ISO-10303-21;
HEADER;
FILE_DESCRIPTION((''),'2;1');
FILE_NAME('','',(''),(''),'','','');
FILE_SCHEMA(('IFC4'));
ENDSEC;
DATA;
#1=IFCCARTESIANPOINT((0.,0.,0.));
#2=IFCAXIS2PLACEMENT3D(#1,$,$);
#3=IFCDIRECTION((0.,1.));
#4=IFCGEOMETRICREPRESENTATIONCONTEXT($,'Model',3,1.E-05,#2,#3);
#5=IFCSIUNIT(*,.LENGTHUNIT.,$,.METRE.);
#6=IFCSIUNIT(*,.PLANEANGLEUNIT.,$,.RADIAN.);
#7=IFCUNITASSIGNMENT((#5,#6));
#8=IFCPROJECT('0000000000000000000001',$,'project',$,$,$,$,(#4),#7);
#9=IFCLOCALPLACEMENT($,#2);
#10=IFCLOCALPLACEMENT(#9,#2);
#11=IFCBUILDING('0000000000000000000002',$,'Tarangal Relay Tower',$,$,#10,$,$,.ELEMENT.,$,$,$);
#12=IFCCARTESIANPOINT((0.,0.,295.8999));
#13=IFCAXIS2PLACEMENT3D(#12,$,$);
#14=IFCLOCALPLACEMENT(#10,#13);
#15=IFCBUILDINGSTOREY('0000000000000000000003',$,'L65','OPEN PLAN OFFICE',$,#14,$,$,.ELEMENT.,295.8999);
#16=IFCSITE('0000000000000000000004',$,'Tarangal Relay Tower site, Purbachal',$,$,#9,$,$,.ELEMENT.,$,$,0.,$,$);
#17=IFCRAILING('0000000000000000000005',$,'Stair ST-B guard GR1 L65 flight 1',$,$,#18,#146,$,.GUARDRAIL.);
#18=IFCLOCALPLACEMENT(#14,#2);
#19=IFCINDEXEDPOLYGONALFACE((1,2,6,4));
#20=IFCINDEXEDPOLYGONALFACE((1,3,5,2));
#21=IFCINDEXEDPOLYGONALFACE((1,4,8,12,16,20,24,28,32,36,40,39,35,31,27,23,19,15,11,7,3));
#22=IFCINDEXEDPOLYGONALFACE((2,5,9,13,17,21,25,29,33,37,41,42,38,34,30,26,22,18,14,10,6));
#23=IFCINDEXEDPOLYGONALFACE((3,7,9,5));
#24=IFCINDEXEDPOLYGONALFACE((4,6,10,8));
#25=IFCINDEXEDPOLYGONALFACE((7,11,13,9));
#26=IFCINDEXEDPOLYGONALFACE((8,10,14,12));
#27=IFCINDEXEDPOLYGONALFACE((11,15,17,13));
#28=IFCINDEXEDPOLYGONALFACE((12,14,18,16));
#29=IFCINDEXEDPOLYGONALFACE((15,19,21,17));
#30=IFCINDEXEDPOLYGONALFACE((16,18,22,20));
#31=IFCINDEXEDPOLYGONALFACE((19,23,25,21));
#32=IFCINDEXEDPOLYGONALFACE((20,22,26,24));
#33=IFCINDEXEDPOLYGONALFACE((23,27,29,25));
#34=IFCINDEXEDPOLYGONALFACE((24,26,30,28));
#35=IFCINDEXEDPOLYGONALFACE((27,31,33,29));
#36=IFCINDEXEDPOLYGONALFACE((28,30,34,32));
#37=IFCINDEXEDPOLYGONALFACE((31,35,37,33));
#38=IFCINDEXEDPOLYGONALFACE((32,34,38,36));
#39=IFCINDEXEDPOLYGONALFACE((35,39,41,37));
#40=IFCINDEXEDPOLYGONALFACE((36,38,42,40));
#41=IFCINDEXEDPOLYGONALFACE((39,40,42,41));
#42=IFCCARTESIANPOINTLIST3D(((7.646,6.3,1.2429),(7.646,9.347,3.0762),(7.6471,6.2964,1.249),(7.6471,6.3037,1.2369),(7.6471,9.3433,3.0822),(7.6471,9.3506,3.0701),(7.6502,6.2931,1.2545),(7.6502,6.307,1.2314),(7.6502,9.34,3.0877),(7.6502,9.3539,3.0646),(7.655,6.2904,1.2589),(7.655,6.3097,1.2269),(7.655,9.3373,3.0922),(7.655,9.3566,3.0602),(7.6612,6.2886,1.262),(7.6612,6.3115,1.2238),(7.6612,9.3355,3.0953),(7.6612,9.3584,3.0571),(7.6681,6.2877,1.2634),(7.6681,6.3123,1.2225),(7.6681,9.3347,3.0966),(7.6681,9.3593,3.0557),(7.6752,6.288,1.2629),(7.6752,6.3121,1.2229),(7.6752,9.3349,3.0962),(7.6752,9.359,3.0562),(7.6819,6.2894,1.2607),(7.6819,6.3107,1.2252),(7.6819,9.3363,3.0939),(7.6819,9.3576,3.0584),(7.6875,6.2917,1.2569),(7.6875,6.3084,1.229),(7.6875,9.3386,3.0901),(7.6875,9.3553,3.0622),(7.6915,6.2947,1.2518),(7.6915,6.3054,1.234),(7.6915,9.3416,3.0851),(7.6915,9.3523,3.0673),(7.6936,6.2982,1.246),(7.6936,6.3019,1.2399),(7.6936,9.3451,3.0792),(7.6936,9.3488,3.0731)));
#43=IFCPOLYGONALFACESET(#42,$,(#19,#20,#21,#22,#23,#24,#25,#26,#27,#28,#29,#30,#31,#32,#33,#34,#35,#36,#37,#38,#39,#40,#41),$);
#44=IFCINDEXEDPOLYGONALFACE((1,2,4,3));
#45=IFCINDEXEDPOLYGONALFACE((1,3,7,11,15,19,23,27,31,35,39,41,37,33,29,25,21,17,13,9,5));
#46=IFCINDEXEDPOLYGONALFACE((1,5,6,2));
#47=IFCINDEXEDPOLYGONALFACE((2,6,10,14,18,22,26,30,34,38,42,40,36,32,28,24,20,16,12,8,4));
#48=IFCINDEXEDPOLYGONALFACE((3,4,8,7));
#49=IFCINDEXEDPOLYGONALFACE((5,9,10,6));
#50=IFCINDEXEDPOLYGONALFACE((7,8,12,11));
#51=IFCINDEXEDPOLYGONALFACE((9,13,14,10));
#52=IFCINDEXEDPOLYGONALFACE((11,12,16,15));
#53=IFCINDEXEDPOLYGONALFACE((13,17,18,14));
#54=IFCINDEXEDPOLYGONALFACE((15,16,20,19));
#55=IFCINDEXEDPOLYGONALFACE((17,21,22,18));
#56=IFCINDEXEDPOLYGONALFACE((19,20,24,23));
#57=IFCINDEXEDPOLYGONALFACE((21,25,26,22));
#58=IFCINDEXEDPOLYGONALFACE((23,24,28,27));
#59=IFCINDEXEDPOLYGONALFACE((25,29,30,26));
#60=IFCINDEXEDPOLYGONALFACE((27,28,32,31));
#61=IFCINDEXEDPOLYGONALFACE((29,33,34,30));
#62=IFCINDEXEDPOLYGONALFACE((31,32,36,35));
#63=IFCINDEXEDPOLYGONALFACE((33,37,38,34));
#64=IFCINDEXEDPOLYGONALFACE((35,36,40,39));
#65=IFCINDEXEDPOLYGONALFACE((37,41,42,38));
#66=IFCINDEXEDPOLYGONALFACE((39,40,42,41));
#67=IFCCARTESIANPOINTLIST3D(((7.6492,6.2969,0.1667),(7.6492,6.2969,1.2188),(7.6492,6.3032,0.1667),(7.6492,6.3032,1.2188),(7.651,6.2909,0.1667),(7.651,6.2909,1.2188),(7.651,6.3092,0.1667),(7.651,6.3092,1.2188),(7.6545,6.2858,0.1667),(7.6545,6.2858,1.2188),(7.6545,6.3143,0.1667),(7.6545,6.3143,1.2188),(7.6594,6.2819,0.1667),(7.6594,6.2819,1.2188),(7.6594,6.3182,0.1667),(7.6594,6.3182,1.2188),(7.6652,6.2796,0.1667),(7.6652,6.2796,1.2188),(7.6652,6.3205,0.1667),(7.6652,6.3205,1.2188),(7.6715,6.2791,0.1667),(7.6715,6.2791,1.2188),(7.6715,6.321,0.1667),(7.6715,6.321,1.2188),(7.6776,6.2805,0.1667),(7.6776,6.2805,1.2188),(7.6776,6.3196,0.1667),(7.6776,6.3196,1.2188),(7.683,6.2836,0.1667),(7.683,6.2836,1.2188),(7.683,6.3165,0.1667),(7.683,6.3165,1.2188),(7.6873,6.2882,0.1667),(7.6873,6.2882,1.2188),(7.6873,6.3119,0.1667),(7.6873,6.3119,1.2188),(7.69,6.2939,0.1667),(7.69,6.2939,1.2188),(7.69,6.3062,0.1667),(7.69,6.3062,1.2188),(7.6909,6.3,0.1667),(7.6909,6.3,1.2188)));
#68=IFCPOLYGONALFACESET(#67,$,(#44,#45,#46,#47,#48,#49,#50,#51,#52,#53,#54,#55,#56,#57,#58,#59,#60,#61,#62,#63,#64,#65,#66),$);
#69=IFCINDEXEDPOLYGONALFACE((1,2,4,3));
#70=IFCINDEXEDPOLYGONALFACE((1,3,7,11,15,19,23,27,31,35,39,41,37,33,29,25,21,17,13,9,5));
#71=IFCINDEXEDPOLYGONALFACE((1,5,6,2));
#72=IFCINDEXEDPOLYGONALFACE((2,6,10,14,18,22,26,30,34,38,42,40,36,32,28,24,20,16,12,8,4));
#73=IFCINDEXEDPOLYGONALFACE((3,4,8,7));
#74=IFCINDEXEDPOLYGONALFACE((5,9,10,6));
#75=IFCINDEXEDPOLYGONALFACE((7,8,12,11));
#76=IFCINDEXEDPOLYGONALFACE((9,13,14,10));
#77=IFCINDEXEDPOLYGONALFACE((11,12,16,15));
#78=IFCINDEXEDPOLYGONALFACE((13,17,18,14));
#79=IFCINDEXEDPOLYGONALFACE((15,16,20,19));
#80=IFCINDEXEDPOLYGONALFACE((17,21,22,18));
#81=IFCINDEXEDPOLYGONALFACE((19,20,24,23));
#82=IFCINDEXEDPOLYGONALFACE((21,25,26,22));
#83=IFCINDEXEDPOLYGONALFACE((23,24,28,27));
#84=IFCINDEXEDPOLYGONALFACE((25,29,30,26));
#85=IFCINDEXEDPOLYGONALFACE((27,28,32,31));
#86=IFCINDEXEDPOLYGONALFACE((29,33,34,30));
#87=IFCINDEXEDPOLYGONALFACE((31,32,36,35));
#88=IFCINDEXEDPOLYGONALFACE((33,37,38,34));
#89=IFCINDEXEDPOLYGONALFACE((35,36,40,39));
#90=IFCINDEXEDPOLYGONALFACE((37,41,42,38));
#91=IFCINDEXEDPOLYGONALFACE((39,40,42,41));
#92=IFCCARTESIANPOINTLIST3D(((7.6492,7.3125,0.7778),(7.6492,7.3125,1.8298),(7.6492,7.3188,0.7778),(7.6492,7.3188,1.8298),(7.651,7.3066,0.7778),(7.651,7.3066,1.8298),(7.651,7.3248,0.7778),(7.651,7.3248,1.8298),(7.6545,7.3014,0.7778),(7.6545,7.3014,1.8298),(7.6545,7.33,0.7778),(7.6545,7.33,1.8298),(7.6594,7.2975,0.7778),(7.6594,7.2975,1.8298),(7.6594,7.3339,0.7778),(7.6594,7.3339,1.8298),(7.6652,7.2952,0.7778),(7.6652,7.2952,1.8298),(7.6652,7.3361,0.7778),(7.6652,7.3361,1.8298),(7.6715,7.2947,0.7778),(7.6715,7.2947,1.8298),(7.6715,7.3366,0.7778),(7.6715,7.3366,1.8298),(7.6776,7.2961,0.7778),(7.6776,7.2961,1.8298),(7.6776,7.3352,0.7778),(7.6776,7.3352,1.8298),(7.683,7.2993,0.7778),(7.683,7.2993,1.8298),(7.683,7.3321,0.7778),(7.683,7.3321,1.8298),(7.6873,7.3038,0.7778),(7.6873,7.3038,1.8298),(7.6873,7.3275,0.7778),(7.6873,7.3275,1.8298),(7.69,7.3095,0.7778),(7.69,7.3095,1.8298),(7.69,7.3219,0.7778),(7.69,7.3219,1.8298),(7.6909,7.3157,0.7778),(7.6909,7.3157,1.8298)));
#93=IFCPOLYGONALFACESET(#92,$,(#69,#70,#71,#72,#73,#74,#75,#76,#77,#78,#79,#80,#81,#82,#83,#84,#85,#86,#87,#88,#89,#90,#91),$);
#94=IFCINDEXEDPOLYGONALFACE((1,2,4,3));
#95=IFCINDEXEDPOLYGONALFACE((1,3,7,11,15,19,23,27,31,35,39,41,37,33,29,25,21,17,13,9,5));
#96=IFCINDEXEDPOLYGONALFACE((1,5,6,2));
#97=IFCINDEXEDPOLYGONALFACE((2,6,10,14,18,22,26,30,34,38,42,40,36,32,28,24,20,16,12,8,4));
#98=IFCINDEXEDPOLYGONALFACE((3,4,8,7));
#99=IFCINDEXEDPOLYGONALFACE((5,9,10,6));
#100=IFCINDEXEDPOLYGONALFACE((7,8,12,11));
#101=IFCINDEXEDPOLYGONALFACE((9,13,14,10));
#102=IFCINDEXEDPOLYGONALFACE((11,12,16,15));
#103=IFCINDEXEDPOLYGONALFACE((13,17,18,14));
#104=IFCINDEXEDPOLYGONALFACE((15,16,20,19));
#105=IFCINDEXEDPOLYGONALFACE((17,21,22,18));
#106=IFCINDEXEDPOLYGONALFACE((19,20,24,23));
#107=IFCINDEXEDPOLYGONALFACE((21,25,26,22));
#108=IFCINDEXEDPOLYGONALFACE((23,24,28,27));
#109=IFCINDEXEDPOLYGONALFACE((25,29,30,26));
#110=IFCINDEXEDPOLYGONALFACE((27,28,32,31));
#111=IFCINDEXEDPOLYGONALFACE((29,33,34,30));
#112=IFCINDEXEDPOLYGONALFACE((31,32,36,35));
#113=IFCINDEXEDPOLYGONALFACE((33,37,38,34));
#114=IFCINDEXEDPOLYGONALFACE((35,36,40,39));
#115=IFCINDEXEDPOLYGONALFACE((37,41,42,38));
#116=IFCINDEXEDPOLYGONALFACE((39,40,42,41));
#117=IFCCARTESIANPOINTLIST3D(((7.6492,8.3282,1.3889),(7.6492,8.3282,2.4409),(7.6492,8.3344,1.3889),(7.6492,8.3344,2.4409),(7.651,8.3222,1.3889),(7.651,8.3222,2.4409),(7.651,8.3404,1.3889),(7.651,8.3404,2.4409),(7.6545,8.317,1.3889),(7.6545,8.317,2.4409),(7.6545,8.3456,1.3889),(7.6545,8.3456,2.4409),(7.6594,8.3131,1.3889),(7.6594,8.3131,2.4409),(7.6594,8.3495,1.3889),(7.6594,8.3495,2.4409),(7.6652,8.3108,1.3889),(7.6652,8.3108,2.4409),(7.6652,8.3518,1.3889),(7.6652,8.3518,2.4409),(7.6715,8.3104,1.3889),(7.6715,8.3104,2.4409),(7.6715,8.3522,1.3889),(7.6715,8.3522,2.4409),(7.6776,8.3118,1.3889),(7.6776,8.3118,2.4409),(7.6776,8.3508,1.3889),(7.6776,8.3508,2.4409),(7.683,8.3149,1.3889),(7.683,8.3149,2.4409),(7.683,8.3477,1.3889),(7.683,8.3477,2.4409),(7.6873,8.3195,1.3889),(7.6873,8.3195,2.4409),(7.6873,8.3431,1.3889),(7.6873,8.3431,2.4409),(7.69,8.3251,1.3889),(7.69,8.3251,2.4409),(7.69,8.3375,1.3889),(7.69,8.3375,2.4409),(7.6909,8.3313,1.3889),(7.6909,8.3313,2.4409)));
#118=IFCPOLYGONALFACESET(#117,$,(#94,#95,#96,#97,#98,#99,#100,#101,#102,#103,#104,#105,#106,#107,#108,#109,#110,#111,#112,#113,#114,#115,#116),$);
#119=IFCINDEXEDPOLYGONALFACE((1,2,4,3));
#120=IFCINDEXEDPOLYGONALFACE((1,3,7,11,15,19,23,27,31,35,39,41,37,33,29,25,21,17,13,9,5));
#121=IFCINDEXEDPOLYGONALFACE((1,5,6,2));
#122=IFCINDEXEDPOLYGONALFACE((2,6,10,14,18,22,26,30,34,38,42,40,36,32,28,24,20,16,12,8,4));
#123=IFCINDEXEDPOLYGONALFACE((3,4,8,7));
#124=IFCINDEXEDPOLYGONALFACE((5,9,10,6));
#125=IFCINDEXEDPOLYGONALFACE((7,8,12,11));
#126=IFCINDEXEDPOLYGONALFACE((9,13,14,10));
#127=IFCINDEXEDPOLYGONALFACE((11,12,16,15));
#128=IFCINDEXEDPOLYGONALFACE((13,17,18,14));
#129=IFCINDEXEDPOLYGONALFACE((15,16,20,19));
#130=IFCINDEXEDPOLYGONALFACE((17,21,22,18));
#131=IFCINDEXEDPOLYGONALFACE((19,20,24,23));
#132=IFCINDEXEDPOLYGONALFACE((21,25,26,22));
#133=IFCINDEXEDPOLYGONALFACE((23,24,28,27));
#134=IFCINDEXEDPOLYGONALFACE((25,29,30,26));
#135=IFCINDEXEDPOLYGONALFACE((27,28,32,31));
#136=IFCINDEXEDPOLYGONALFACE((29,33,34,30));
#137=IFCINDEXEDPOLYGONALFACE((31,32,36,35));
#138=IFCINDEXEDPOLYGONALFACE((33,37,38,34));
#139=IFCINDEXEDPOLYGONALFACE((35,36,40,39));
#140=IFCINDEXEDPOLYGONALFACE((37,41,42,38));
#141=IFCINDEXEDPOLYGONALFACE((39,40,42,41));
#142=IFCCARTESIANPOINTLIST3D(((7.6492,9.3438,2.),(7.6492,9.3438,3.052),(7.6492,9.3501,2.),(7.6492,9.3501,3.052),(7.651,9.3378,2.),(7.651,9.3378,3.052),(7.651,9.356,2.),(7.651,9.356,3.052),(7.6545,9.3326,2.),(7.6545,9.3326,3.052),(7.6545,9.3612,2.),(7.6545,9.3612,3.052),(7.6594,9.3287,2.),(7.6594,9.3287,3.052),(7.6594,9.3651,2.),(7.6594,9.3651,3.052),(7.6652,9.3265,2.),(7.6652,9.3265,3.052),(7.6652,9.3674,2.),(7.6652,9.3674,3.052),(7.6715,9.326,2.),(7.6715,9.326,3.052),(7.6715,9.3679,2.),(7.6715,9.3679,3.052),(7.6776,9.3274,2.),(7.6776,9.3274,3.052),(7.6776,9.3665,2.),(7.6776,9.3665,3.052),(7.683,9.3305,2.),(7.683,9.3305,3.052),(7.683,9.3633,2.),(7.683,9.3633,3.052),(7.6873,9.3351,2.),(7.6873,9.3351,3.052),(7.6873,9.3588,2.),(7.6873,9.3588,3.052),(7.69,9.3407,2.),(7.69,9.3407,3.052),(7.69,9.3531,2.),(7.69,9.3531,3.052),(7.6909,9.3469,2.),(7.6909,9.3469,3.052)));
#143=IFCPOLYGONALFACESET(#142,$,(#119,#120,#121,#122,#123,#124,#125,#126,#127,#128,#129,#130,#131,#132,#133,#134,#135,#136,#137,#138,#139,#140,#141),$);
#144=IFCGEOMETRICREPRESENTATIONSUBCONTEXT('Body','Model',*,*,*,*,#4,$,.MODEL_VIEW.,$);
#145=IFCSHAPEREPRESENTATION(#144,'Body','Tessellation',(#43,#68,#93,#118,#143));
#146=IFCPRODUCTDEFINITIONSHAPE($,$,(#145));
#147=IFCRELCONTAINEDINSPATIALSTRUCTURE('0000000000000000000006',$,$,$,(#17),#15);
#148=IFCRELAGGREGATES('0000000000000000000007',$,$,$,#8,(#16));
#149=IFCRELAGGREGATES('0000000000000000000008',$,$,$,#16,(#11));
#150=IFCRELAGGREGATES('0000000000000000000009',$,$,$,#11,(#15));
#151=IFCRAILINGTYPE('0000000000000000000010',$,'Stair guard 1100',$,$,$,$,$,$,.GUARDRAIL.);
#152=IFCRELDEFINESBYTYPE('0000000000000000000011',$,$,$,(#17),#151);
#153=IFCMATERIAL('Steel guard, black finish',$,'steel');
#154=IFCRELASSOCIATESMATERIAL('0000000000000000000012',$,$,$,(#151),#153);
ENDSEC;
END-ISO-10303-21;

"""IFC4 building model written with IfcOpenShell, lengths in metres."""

from ifc_helpers import new_model, si_unit, direction, frame, origin, origin_2d, place, context, subcontext, project, spatial, circle, extrude, material, type_object, element, save


model = new_model("IFC4")

# Units and contexts
model_context = context("Model", 3, precision=1e-05, world=origin(), true_north=direction((0.0, 1.0)))
body_context = subcontext(model_context, "Body", "Model", "MODEL_VIEW")
ifc_project = project(units=[si_unit("LENGTHUNIT", "METRE"), si_unit("PLANEANGLEUNIT", "RADIAN")], contexts=[model_context])

# Site, building, storey
site_placement = place(None, origin())
site = spatial("IfcSite", under=ifc_project, at=site_placement, Name="Tarangal Relay Tower site, Purbachal", CompositionType="ELEMENT", RefElevation=0.0)
building_placement = place(site_placement, origin())
building = spatial("IfcBuilding", under=site, at=building_placement, Name="Tarangal Relay Tower", CompositionType="ELEMENT")
storey_placement = place(building_placement, frame((0.0, 0.0, 295.8999)))
storey = spatial("IfcBuildingStorey", under=building, at=storey_placement, Name="L65", Description="OPEN PLAN OFFICE", CompositionType="ELEMENT", Elevation=295.8999)

# Railing
ifc_material_1 = material(Name="Steel guard, black finish", Category="steel")
railing_type_1 = type_object("IfcRailingType", Name="Stair guard 1100", PredefinedType="GUARDRAIL", material=ifc_material_1)
railing_1_placement = place(storey_placement, frame((7.6699, 6.3, 0.1667)))
element("IfcRailing", 1, at=railing_1_placement, inside=storey, type_object=railing_type_1, Name="Stair ST-B guard GR1 L65 flight 1", PredefinedType="GUARDRAIL", context=body_context, shape_type="SweptSolid", body=[
    extrude(circle(Radius=0.0239, at=origin_2d()), frame((0.0, 0.0, 1.0762), z_axis=(0.0, 0.856856, 0.515556), x_axis=(-1.0, 0.0, 0.0)), (0.0, 0.0, 1.0), 3.5559),
    extrude(circle(Radius=0.021, at=origin_2d()), origin(), (0.0, 0.0, 1.0), 1.052),
    extrude(circle(Radius=0.021, at=origin_2d()), frame((0.0, 1.0156, 0.6111)), (0.0, 0.0, 1.0), 1.052),
    extrude(circle(Radius=0.021, at=origin_2d()), frame((0.0, 2.0312, 1.2222)), (0.0, 0.0, 1.0), 1.052),
    extrude(circle(Radius=0.021, at=origin_2d()), frame((0.0, 3.0469, 1.8333)), (0.0, 0.0, 1.0), 1.052),
])

save(model, "model.ifc")
